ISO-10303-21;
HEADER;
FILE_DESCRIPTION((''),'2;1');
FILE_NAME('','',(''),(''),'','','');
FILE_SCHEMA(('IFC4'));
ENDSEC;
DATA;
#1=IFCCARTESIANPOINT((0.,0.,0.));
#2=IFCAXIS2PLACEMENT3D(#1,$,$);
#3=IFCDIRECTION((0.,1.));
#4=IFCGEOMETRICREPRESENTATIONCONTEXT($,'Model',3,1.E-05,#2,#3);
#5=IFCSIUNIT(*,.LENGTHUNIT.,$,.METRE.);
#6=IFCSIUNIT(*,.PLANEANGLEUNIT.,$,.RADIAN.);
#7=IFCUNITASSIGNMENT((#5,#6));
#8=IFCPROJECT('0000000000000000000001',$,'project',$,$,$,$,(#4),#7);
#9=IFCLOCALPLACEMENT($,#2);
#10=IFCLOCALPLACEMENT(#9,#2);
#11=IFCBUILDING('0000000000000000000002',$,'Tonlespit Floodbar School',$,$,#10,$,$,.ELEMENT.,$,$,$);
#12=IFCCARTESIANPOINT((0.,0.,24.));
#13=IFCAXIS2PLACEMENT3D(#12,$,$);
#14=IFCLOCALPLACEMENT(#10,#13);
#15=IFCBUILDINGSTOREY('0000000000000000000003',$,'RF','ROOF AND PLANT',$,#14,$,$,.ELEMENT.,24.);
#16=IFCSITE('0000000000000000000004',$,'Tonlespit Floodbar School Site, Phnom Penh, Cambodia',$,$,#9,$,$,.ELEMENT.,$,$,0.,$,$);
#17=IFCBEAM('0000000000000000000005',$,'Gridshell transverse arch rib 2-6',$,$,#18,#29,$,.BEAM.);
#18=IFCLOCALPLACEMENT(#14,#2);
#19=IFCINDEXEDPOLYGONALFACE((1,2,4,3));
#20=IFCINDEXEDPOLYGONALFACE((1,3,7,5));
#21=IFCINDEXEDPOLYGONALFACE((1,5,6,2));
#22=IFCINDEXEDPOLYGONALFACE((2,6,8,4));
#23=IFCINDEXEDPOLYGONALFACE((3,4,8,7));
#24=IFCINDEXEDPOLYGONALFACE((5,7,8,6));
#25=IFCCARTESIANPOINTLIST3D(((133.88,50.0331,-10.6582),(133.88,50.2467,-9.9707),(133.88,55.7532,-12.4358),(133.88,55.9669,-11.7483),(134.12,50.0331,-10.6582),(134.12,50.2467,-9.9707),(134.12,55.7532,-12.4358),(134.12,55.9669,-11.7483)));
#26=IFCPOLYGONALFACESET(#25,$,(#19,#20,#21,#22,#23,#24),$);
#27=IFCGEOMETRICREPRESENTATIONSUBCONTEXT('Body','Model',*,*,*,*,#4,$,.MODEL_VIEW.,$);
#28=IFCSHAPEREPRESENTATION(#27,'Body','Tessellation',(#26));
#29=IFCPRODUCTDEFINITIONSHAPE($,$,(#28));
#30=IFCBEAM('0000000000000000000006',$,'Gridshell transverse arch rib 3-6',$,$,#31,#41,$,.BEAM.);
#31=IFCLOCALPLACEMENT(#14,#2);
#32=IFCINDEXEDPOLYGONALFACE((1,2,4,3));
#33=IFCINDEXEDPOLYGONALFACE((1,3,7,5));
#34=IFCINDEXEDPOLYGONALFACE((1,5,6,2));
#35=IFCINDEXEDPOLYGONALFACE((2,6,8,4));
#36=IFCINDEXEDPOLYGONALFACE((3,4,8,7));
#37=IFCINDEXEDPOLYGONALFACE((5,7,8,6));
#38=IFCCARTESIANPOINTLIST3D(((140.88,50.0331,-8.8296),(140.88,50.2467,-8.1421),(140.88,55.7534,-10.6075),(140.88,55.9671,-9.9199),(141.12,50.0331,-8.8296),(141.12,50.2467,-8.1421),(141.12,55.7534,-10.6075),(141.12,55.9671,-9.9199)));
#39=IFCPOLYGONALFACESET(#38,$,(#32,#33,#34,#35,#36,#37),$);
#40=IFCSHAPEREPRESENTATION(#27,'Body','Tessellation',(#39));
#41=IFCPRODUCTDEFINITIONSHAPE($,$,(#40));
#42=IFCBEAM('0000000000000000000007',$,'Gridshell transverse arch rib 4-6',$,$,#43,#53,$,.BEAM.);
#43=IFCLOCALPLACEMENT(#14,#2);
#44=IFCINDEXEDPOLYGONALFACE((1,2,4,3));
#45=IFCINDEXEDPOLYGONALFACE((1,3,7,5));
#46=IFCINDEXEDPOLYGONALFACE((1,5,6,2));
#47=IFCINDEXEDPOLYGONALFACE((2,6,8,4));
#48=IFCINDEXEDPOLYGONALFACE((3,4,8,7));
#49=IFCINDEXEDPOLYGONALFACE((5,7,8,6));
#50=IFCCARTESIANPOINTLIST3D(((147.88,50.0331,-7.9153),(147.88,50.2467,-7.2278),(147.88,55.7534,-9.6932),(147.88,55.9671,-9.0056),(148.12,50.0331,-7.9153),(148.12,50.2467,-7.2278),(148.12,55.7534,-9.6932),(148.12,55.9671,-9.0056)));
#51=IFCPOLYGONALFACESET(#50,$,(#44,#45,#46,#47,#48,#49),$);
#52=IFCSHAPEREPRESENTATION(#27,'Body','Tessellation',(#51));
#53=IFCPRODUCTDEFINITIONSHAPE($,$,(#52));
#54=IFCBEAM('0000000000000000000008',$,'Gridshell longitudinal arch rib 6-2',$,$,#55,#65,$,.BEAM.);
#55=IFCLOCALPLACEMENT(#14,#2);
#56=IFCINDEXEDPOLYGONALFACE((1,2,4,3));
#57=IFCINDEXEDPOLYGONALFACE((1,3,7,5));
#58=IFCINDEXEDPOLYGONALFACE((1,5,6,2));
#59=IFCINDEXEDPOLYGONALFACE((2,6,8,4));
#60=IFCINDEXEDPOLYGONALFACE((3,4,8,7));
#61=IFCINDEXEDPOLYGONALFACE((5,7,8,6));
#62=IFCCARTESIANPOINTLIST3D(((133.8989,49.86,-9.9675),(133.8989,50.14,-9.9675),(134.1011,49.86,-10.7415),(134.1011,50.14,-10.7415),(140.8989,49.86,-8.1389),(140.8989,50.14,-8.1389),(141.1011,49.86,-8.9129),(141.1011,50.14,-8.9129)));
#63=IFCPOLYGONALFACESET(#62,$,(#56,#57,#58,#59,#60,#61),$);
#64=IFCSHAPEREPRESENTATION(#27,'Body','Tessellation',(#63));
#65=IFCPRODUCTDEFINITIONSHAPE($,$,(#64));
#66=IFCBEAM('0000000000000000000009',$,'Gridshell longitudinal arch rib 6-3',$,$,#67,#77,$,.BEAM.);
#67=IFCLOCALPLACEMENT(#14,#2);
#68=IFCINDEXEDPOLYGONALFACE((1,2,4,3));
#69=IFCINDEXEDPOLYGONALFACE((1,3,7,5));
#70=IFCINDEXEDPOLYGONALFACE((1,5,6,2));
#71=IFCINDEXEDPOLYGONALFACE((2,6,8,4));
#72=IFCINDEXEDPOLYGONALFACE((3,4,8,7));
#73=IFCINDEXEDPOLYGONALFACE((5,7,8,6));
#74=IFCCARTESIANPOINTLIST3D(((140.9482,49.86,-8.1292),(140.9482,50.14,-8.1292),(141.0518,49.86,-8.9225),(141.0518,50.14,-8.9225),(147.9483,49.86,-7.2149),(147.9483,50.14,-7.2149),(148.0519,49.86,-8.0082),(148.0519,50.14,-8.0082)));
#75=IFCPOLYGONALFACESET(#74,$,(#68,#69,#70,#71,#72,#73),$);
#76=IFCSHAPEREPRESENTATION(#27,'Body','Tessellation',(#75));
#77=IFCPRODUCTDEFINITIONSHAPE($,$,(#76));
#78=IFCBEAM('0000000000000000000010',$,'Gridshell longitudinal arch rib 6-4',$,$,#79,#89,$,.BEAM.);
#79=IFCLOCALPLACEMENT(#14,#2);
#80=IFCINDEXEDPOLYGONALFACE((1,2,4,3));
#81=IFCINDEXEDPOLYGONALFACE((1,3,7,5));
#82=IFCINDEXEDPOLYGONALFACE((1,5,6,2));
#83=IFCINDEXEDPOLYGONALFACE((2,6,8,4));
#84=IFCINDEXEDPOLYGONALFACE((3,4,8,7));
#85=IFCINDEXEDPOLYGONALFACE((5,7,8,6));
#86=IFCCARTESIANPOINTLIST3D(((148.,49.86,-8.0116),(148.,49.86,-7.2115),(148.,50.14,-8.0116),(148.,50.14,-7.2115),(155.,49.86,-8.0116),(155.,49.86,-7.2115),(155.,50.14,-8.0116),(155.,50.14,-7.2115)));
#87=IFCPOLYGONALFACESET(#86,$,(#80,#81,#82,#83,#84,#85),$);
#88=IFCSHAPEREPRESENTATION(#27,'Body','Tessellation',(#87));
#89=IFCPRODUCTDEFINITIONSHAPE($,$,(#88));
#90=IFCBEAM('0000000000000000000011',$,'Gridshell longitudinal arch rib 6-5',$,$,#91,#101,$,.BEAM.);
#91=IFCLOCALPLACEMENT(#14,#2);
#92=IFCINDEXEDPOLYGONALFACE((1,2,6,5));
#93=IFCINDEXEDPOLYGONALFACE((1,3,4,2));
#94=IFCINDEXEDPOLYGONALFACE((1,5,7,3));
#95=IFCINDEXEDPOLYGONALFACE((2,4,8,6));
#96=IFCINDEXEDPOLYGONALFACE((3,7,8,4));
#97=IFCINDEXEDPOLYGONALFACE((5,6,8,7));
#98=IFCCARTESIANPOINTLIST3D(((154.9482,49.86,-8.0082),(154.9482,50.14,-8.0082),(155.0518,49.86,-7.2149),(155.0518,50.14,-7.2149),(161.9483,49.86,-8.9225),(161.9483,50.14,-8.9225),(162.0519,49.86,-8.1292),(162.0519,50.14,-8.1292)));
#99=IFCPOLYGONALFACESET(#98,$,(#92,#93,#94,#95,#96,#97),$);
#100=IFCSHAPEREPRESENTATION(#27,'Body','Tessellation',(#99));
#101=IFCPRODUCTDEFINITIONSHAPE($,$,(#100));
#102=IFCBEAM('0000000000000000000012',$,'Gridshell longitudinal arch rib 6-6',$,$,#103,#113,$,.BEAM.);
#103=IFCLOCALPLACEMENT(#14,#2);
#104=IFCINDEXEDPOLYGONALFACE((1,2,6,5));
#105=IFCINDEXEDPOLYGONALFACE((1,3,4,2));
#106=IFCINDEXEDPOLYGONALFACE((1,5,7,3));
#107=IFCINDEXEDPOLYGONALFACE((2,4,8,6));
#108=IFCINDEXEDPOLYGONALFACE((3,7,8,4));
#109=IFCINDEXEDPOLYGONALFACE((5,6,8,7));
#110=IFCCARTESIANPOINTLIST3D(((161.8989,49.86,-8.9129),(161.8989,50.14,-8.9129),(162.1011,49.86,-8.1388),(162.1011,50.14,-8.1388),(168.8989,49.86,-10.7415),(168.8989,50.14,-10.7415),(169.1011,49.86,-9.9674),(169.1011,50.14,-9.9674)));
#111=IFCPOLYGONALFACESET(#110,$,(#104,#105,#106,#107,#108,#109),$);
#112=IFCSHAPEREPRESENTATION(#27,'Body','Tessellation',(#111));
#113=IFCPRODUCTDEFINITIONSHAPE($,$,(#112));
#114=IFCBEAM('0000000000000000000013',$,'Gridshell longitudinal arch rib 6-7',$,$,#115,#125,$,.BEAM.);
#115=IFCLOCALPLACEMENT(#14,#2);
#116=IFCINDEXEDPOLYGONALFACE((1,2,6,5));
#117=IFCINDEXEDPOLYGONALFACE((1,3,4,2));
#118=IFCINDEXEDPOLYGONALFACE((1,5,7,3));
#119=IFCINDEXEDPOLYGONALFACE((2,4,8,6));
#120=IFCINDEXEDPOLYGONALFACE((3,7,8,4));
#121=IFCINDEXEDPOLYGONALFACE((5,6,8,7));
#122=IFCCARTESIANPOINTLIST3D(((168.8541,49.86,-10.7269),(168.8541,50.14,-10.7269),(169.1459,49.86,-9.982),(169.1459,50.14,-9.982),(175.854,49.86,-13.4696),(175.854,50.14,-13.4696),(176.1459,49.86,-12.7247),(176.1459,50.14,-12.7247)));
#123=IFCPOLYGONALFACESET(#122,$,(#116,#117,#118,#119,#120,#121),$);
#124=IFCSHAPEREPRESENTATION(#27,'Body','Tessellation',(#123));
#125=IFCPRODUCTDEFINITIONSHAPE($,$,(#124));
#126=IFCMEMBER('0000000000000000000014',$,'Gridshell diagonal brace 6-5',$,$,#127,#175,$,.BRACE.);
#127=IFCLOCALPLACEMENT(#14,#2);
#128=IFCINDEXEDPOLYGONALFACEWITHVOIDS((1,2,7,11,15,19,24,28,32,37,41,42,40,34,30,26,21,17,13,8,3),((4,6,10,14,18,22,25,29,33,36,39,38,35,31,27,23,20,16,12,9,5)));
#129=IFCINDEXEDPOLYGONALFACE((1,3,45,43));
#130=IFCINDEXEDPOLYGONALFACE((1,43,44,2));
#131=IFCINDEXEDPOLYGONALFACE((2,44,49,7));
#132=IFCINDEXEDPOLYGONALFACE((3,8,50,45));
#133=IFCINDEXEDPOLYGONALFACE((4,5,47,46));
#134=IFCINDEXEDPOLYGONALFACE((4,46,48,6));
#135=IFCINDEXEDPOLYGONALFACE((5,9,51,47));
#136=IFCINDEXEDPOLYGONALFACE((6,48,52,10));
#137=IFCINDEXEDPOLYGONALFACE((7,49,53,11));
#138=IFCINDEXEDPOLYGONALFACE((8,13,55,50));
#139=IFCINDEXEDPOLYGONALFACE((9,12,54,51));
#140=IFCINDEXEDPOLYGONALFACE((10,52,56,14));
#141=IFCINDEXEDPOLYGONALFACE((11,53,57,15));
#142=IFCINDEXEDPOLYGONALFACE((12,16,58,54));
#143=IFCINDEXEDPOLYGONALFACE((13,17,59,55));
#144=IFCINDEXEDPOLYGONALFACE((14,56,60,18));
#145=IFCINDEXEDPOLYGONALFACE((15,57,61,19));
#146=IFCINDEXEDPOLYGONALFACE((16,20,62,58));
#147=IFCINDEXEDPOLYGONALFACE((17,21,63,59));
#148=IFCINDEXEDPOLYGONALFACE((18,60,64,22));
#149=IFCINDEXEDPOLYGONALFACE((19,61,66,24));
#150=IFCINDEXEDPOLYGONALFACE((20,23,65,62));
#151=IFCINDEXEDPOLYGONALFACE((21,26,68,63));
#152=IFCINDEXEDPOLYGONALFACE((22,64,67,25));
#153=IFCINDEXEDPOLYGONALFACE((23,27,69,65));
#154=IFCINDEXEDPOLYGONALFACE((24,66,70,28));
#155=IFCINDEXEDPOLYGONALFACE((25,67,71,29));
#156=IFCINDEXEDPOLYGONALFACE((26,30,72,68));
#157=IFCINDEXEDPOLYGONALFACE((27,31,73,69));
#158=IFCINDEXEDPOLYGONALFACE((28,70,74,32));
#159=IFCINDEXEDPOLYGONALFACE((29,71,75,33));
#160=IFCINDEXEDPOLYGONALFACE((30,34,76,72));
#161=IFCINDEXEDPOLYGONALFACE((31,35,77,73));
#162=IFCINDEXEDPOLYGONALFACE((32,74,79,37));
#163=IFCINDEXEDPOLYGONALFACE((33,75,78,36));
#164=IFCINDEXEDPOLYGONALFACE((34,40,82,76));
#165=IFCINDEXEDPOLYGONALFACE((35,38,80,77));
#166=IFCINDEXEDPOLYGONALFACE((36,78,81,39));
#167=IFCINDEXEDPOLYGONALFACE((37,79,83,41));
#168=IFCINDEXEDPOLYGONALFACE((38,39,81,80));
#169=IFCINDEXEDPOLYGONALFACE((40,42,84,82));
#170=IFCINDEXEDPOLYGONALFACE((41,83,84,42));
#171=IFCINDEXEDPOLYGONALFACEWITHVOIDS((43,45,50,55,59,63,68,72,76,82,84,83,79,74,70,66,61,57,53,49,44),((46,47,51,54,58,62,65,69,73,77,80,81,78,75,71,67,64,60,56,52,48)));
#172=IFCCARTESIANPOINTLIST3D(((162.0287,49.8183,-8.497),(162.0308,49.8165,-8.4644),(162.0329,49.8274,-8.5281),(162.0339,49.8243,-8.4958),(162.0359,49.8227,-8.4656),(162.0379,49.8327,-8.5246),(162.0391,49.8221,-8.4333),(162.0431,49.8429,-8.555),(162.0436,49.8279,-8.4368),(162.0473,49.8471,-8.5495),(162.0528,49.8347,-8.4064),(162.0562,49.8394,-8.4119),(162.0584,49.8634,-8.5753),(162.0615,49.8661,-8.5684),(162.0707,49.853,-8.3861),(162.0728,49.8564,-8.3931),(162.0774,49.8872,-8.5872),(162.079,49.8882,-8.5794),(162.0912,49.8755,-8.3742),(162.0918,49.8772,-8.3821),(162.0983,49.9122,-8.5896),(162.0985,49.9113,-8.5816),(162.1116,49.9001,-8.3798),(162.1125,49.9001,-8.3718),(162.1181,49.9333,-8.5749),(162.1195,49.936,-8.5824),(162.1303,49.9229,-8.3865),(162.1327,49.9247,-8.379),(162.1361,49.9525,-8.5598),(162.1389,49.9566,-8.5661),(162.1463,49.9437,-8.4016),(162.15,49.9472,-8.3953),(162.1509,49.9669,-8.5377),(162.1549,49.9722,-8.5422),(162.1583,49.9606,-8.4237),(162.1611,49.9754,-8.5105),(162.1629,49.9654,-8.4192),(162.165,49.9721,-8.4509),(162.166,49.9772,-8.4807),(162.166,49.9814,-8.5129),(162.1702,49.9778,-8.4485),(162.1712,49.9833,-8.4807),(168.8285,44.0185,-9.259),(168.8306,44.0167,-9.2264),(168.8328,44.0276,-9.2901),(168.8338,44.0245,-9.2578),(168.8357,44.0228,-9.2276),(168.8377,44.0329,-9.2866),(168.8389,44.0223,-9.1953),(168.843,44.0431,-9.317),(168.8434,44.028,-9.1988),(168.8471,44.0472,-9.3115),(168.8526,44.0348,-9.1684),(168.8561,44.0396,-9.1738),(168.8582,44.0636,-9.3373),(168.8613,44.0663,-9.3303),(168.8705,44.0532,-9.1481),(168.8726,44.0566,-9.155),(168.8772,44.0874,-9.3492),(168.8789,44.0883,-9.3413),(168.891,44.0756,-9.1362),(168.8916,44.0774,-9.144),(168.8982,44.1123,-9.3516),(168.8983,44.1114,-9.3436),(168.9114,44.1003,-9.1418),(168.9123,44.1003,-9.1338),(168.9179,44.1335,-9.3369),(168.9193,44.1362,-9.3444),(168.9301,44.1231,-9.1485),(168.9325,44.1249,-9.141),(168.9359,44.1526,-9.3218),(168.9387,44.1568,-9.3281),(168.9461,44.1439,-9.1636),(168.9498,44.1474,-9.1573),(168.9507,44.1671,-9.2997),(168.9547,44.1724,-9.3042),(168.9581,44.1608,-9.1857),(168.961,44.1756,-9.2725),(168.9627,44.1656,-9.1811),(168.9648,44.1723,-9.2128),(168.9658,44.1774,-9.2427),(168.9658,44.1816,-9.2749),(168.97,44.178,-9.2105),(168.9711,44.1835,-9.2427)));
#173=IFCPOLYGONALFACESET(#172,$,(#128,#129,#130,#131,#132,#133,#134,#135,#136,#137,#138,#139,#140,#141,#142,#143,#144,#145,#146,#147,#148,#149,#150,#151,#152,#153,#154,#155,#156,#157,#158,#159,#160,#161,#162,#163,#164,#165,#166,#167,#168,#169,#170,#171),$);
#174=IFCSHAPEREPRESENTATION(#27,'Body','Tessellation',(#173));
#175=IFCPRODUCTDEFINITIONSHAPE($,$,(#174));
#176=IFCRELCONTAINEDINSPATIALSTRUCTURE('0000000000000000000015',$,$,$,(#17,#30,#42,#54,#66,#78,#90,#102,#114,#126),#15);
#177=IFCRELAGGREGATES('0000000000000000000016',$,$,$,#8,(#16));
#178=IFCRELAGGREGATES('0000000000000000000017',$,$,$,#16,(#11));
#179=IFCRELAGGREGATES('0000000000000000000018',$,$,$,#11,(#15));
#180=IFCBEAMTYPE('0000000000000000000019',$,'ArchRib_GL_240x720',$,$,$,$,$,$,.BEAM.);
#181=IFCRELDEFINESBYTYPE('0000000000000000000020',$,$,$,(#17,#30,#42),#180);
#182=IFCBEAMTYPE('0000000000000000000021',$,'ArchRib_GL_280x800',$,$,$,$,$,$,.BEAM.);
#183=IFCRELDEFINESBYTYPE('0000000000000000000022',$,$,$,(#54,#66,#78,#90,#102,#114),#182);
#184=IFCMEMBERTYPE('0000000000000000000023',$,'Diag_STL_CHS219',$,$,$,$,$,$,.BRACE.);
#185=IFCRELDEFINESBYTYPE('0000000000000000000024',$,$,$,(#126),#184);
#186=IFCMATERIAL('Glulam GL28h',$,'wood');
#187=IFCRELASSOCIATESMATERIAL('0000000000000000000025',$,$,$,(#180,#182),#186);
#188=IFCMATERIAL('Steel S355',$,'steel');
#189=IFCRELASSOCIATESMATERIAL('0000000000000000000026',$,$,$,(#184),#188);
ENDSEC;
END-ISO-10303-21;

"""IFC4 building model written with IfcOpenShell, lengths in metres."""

from ifc_helpers import new_model, si_unit, direction, frame, origin, origin_2d, place, context, subcontext, project, spatial, rectangle, hollow_circle, extrude, material, material_profile, profile_set, type_object, element, save


model = new_model("IFC4")

# Units and contexts
model_context = context("Model", 3, precision=1e-05, world=origin(), true_north=direction((0.0, 1.0)))
body_context = subcontext(model_context, "Body", "Model", "MODEL_VIEW")
ifc_project = project(units=[si_unit("LENGTHUNIT", "METRE"), si_unit("PLANEANGLEUNIT", "RADIAN")], contexts=[model_context])

# Site, building, storey
site_placement = place(None, origin())
site = spatial("IfcSite", under=ifc_project, at=site_placement, Name="Tonlespit Floodbar School Site, Phnom Penh, Cambodia", CompositionType="ELEMENT", RefElevation=0.0)
building_placement = place(site_placement, origin())
building = spatial("IfcBuilding", under=site, at=building_placement, Name="Tonlespit Floodbar School", CompositionType="ELEMENT")
storey_placement = place(building_placement, frame((0.0, 0.0, 24.0)))
storey = spatial("IfcBuildingStorey", under=building, at=storey_placement, Name="RF", Description="ROOF AND PLANT", CompositionType="ELEMENT", Elevation=24.0)

# Beams
ifc_material_1 = material(Name="Glulam GL28h", Category="wood")
ifc_material_profile_1 = material_profile(ifc_material_1, rectangle(XDim=0.24, YDim=0.72, at=origin_2d()), Name="GL 240x720")
ifc_profile_set_1 = profile_set([ifc_material_profile_1], Name="Glulam GL28h")
beam_type_1 = type_object("IfcBeamType", Name="ArchRib_GL_240x720", PredefinedType="BEAM", material=ifc_profile_set_1)
beam_1_placement = place(storey_placement, frame((134.0, 50.1399, -10.3145), z_axis=(0.0, 0.954953, -0.296757), x_axis=(-1.0, 0.0, 0.0)))
element("IfcBeam", 1, at=beam_1_placement, inside=storey, type_object=beam_type_1, Name="Gridshell transverse arch rib 2-6", PredefinedType="BEAM", context=body_context, shape_type="SweptSolid", body=[
    extrude(rectangle(XDim=0.24, YDim=0.72, at=origin_2d()), origin(), (0.0, 0.0, 1.0), 5.99),
])
for number, where, z_axis, x_axis, name in (
    (2, (141.0, 50.1399, -8.4858), (0.0, 0.954942, -0.296794), (-1.0, 0.0, 0.0), "Gridshell transverse arch rib 3-6"),
    (3, (148.0, 50.1399, -7.5715), (0.0, 0.954942, -0.296794), (-1.0, 0.0, 0.0), "Gridshell transverse arch rib 4-6"),
):
    element("IfcBeam", number, at=place(storey_placement, frame(where, z_axis=z_axis, x_axis=x_axis)), inside=storey, type_object=beam_type_1, Name=name, PredefinedType="BEAM", context=body_context, shape_type="SweptSolid", body=[
        extrude(rectangle(XDim=0.24, YDim=0.72, at=origin_2d()), origin(), (0.0, 0.0, 1.0), 5.9902),
    ])
ifc_material_profile_2 = material_profile(ifc_material_1, rectangle(XDim=0.28, YDim=0.8, at=origin_2d()), Name="GL 280x800")
ifc_profile_set_2 = profile_set([ifc_material_profile_2], Name="Glulam GL28h")
beam_type_2 = type_object("IfcBeamType", Name="ArchRib_GL_280x800", PredefinedType="BEAM", material=ifc_profile_set_2)
beam_2_placement = place(storey_placement, frame((134.0, 50.0, -10.3545), z_axis=(0.967532, 0.0, 0.252749), x_axis=(0.0, 1.0, 0.0)))
element("IfcBeam", 4, at=beam_2_placement, inside=storey, type_object=beam_type_2, Name="Gridshell longitudinal arch rib 6-2", PredefinedType="BEAM", context=body_context, shape_type="SweptSolid", body=[
    extrude(rectangle(XDim=0.28, YDim=0.8, at=origin_2d()), origin(), (0.0, 0.0, 1.0), 7.2349),
])
beam_3_placement = place(storey_placement, frame((141.0, 50.0, -8.5259), z_axis=(0.991577, 0.0, 0.129515), x_axis=(0.0, 1.0, 0.0)))
element("IfcBeam", 5, at=beam_3_placement, inside=storey, type_object=beam_type_2, Name="Gridshell longitudinal arch rib 6-3", PredefinedType="BEAM", context=body_context, shape_type="SweptSolid", body=[
    extrude(rectangle(XDim=0.28, YDim=0.8, at=origin_2d()), origin(), (0.0, 0.0, 1.0), 7.0596),
])
beam_4_placement = place(storey_placement, frame((148.0, 50.0, -7.6116), z_axis=(1.0, 0.0, 0.0), x_axis=(0.0, 1.0, 0.0)))
element("IfcBeam", 6, at=beam_4_placement, inside=storey, type_object=beam_type_2, Name="Gridshell longitudinal arch rib 6-4", PredefinedType="BEAM", context=body_context, shape_type="SweptSolid", body=[
    extrude(rectangle(XDim=0.28, YDim=0.8, at=origin_2d()), origin(), (0.0, 0.0, 1.0), 7.0),
])
beam_5_placement = place(storey_placement, frame((155.0, 50.0, -7.6116), z_axis=(0.991577, 0.0, -0.129515), x_axis=(0.0, 1.0, 0.0)))
element("IfcBeam", 7, at=beam_5_placement, inside=storey, type_object=beam_type_2, Name="Gridshell longitudinal arch rib 6-5", PredefinedType="BEAM", context=body_context, shape_type="SweptSolid", body=[
    extrude(rectangle(XDim=0.28, YDim=0.8, at=origin_2d()), origin(), (0.0, 0.0, 1.0), 7.0596),
])
beam_6_placement = place(storey_placement, frame((162.0, 50.0, -8.5259), z_axis=(0.967532, 0.0, -0.252749), x_axis=(0.0, 1.0, 0.0)))
element("IfcBeam", 8, at=beam_6_placement, inside=storey, type_object=beam_type_2, Name="Gridshell longitudinal arch rib 6-6", PredefinedType="BEAM", context=body_context, shape_type="SweptSolid", body=[
    extrude(rectangle(XDim=0.28, YDim=0.8, at=origin_2d()), origin(), (0.0, 0.0, 1.0), 7.2349),
])
beam_7_placement = place(storey_placement, frame((169.0, 50.0, -10.3545), z_axis=(0.931083, 0.0, -0.364808), x_axis=(0.0, 1.0, 0.0)))
element("IfcBeam", 9, at=beam_7_placement, inside=storey, type_object=beam_type_2, Name="Gridshell longitudinal arch rib 6-7", PredefinedType="BEAM", context=body_context, shape_type="SweptSolid", body=[
    extrude(rectangle(XDim=0.28, YDim=0.8, at=origin_2d()), origin(), (0.0, 0.0, 1.0), 7.5181),
])

# Member
ifc_material_2 = material(Name="Steel S355", Category="steel")
ifc_material_profile_3 = material_profile(ifc_material_2, hollow_circle(Radius=0.1096, WallThickness=0.0081, at=origin_2d()), Name="CHS 219.1x8")
ifc_profile_set_3 = profile_set([ifc_material_profile_3], Name="Steel S355")
member_type_1 = type_object("IfcMemberType", Name="Diag_STL_CHS219", PredefinedType="BRACE", material=ifc_profile_set_3)
member_1_placement = place(storey_placement, frame((162.1001, 49.8999, -8.4807), z_axis=(0.758085, -0.646599, -0.084948), x_axis=(0.648945, 0.760836, 0.0)))
element("IfcMember", 10, at=member_1_placement, inside=storey, type_object=member_type_1, Name="Gridshell diagonal brace 6-5", PredefinedType="BRACE", context=body_context, shape_type="SweptSolid", body=[
    extrude(hollow_circle(Radius=0.1096, WallThickness=0.0081, at=origin_2d()), origin(), (0.0, 0.0, 1.0), 8.9697),
])

save(model, "model.ifc")
